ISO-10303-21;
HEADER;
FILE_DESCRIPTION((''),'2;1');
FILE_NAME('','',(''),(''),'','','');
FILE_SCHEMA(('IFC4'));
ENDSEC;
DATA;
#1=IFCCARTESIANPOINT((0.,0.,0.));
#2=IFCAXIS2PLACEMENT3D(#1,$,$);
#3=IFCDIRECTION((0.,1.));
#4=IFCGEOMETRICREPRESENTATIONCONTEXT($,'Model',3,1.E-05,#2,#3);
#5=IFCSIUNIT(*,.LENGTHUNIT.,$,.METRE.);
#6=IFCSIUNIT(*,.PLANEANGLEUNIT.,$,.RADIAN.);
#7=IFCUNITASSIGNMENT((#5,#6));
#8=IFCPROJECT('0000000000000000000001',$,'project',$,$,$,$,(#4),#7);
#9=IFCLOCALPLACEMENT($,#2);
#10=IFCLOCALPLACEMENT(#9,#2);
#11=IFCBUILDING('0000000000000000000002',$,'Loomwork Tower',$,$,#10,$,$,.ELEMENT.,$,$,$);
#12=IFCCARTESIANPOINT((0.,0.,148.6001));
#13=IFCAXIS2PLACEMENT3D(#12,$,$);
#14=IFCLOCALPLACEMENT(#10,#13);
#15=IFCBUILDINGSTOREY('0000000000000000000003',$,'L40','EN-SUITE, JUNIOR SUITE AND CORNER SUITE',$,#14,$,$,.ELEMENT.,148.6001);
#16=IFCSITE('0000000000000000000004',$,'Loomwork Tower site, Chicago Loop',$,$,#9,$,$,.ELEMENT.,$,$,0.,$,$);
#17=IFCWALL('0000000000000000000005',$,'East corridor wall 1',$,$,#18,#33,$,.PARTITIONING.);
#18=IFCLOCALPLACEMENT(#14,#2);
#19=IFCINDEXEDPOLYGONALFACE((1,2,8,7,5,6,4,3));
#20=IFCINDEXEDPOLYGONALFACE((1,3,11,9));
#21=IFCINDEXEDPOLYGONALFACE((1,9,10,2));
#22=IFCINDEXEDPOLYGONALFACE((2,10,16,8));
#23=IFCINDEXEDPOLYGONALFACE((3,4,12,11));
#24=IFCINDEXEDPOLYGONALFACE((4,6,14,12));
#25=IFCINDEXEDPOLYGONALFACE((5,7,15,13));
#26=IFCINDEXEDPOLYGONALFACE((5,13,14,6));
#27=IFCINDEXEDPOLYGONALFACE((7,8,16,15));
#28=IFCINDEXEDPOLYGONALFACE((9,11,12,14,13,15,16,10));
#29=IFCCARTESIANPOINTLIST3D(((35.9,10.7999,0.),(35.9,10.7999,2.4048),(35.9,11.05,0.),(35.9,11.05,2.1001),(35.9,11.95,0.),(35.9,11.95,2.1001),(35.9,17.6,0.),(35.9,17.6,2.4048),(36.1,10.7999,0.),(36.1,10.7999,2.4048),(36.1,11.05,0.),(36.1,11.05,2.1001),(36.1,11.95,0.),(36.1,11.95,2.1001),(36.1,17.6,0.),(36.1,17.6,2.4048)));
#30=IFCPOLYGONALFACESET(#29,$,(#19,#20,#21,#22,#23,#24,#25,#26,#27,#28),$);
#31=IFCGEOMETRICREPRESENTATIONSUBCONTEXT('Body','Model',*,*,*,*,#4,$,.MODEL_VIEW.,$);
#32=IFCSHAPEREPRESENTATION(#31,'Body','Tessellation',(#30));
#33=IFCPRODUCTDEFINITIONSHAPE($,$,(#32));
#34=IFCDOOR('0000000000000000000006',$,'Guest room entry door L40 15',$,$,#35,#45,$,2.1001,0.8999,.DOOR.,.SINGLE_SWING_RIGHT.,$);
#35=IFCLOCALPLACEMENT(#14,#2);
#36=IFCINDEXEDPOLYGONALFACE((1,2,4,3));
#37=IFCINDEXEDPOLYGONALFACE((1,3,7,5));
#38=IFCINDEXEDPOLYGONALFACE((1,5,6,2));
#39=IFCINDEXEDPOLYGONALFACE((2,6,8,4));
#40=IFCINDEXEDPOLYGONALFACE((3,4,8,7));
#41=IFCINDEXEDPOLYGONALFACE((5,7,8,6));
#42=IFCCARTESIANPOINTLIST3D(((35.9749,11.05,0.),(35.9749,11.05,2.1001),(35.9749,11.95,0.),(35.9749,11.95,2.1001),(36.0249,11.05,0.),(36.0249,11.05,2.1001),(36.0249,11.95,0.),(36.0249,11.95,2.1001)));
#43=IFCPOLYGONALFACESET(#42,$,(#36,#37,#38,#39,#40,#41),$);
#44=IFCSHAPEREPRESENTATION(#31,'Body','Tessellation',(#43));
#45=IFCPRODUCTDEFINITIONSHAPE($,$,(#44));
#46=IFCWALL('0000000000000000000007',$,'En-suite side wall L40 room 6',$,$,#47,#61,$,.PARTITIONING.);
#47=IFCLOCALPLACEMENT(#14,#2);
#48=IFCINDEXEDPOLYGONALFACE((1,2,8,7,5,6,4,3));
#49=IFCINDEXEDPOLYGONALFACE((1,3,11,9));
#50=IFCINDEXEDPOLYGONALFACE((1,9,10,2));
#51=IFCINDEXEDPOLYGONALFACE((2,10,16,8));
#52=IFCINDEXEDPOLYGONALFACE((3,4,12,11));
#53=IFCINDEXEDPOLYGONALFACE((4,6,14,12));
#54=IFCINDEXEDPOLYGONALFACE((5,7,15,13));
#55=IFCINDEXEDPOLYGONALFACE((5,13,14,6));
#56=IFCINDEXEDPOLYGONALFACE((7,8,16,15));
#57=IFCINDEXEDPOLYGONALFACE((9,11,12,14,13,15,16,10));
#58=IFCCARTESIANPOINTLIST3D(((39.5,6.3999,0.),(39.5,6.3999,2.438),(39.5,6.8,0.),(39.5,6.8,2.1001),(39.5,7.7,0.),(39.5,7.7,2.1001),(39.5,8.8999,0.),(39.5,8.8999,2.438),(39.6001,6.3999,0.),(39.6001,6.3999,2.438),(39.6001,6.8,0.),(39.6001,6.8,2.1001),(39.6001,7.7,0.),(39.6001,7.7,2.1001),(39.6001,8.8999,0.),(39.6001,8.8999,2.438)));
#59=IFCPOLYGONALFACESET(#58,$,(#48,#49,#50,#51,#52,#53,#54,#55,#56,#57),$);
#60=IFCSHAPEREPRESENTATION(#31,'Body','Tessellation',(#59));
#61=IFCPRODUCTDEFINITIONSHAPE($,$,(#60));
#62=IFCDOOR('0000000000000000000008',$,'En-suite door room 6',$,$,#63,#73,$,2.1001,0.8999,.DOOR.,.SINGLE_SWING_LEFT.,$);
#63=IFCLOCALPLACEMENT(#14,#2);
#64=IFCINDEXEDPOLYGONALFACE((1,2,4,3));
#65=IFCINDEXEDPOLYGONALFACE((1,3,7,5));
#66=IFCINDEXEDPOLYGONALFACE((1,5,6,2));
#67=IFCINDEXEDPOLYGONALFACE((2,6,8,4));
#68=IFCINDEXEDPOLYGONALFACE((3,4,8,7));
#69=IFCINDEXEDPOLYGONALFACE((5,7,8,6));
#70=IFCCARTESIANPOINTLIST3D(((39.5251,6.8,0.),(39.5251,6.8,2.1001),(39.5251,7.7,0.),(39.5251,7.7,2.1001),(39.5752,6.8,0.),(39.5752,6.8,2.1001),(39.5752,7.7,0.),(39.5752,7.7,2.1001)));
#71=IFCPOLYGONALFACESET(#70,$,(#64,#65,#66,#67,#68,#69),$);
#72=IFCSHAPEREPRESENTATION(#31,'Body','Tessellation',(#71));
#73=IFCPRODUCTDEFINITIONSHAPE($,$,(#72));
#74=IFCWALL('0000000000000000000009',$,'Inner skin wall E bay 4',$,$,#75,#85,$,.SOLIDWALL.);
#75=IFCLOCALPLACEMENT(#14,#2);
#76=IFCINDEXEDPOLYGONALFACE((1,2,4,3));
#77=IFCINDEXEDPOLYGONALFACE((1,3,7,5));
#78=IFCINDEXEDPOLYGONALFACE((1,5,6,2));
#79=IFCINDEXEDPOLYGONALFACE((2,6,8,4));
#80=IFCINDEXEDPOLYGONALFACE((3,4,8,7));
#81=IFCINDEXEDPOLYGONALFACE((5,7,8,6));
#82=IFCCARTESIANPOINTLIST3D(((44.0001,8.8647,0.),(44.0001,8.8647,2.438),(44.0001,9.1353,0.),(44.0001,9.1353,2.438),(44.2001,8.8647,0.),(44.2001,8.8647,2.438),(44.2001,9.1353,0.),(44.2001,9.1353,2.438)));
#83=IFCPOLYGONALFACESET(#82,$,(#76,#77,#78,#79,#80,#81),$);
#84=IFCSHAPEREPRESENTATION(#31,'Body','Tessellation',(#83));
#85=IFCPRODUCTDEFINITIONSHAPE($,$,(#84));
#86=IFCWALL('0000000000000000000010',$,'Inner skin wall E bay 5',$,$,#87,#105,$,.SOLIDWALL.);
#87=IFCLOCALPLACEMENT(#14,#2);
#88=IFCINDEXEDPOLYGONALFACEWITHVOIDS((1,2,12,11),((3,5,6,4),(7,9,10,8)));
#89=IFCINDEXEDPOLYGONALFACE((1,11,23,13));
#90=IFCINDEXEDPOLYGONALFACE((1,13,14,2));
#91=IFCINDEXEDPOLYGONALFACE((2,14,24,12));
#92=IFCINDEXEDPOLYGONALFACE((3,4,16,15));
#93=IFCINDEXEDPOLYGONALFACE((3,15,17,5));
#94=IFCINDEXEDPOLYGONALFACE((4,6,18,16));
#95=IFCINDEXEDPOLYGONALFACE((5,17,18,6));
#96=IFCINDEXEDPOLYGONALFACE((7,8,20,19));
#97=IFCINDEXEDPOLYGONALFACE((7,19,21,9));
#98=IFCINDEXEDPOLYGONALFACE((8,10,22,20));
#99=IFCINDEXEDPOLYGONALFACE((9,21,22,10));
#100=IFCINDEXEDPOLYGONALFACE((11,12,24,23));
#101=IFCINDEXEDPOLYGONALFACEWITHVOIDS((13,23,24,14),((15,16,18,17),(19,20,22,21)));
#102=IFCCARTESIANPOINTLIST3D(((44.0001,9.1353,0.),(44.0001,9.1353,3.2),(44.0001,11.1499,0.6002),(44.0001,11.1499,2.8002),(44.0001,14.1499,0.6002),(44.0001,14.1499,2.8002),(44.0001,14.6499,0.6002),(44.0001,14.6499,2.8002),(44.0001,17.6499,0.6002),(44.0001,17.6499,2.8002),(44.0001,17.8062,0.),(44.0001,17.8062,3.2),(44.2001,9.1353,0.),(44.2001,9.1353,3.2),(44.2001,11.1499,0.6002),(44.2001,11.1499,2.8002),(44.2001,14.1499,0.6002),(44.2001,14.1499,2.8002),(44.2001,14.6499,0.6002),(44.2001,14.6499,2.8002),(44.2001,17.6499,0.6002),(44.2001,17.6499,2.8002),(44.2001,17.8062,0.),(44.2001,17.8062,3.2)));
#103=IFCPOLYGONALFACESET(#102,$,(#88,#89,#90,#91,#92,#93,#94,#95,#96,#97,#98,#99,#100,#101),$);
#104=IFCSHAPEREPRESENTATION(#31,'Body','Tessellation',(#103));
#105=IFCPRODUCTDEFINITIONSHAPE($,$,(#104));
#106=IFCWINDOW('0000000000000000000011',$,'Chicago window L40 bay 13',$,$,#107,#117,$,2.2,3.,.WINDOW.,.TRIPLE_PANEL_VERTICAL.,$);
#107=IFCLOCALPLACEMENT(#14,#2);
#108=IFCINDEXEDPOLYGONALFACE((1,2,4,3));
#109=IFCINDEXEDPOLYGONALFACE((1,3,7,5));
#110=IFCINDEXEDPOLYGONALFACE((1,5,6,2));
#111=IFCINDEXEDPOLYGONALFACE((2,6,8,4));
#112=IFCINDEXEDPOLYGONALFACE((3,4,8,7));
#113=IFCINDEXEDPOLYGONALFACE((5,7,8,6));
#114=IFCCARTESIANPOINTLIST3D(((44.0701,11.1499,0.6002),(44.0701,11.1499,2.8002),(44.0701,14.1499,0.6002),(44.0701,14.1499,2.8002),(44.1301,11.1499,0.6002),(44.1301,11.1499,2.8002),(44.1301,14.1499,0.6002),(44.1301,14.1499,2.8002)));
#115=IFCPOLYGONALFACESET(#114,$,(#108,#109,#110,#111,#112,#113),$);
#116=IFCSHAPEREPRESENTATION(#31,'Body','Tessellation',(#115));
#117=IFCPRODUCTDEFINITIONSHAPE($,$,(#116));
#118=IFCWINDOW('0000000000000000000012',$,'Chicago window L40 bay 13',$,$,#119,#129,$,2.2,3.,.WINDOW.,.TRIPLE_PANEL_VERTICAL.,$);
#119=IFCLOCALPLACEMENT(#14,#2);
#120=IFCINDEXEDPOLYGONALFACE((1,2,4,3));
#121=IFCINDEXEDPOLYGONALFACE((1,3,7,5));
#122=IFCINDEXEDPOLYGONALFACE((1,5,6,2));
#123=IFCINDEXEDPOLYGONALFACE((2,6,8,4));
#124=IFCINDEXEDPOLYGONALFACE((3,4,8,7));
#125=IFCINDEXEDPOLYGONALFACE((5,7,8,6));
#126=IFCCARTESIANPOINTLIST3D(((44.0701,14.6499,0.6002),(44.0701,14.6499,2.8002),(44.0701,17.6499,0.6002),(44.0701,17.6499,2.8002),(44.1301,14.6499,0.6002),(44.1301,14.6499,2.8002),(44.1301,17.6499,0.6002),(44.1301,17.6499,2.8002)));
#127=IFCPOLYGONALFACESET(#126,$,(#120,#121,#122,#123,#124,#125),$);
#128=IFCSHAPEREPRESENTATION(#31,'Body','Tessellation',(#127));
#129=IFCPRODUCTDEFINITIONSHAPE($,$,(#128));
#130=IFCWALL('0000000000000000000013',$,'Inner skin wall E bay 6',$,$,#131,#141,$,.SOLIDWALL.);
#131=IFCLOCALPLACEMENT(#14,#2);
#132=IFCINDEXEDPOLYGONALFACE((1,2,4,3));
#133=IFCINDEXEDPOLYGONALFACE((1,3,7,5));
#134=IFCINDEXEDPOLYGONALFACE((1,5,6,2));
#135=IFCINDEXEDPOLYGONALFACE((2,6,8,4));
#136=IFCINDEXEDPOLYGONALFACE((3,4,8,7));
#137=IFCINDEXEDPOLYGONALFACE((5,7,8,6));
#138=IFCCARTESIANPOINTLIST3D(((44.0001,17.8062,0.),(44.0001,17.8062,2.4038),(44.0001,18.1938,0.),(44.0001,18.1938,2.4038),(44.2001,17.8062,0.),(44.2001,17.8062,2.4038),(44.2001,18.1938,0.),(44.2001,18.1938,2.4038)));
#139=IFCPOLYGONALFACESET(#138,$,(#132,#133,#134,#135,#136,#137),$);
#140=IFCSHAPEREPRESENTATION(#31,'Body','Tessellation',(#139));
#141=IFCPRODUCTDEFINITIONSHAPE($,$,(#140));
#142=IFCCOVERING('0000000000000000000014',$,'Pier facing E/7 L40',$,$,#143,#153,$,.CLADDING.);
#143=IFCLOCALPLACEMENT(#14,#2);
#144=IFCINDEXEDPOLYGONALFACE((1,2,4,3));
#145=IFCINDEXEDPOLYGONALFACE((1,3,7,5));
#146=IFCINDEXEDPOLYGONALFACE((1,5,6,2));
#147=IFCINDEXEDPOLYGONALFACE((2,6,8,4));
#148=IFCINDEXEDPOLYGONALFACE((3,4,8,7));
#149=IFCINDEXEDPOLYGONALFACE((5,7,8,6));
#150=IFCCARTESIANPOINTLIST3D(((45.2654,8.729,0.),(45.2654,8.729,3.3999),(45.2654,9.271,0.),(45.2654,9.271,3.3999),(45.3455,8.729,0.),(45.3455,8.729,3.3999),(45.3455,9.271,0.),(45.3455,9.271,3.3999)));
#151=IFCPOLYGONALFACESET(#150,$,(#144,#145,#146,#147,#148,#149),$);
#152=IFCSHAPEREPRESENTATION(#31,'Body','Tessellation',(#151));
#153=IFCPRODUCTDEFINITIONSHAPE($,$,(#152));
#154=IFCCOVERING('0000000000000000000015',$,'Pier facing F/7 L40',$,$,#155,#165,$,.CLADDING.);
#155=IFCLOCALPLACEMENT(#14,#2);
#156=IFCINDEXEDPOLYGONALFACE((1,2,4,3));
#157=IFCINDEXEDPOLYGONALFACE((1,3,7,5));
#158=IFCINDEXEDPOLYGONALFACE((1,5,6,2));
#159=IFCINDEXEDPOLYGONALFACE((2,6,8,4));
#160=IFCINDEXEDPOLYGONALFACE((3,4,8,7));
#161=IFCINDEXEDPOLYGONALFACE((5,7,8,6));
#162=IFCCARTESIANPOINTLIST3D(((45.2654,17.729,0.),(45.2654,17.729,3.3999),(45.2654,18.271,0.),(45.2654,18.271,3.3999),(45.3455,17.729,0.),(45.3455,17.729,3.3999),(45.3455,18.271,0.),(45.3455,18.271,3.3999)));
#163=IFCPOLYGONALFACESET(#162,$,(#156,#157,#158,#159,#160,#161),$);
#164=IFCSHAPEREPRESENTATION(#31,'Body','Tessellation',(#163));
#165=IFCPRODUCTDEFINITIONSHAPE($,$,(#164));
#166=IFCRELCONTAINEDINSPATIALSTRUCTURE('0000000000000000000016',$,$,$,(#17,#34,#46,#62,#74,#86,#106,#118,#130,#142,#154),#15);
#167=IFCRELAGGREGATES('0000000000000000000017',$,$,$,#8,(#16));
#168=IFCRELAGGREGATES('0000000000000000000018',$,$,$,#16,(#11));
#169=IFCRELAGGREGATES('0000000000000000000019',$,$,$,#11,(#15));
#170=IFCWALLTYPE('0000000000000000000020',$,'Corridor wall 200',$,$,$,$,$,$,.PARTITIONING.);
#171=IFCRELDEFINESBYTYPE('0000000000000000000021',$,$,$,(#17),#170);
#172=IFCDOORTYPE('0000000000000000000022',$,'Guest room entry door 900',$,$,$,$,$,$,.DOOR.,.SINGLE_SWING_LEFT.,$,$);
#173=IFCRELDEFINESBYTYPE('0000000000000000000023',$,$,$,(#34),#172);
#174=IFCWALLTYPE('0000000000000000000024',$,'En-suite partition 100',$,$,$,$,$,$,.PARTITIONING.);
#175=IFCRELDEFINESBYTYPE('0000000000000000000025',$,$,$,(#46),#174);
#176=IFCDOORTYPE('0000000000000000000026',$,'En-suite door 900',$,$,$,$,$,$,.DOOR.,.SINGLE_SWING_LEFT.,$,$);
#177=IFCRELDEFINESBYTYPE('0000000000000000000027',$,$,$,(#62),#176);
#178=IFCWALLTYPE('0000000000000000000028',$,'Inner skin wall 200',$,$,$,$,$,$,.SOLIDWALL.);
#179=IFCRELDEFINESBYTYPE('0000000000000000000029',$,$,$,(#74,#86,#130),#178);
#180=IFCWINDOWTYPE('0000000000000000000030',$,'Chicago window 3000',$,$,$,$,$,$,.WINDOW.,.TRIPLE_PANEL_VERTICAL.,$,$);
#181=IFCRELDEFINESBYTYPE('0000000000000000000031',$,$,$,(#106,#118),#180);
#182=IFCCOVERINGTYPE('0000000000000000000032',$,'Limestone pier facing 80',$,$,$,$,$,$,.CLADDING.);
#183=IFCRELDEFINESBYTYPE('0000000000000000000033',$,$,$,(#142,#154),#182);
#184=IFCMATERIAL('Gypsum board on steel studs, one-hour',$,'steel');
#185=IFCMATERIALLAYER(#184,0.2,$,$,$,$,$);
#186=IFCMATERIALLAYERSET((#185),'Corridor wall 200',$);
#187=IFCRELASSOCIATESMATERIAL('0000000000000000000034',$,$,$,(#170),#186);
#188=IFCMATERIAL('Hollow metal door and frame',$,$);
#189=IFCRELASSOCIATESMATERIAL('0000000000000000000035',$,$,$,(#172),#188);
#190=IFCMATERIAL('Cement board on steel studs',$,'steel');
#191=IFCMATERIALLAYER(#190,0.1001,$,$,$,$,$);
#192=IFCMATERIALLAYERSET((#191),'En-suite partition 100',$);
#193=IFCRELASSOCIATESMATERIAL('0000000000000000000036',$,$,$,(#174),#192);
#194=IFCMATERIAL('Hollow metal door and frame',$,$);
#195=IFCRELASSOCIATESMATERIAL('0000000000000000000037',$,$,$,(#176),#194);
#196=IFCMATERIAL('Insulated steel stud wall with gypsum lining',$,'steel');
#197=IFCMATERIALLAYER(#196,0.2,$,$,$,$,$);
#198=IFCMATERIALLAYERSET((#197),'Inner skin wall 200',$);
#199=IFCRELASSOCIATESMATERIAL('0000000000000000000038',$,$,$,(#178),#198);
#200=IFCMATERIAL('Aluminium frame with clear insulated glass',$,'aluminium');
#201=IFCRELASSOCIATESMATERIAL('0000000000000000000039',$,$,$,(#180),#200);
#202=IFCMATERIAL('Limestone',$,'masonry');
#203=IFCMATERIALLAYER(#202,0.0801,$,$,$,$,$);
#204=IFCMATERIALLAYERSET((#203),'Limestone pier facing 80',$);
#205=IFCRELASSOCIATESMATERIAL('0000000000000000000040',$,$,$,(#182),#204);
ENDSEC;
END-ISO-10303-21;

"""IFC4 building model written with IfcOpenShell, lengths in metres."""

from ifc_helpers import new_model, si_unit, direction, frame, frame_2d, origin, origin_2d, place, context, subcontext, project, spatial, rectangle, extrude, material, layer, layer_set, type_object, element, fill, save


model = new_model("IFC4")

# Units and contexts
model_context = context("Model", 3, precision=1e-05, world=origin(), true_north=direction((0.0, 1.0)))
body_context = subcontext(model_context, "Body", "Model", "MODEL_VIEW")
ifc_project = project(units=[si_unit("LENGTHUNIT", "METRE"), si_unit("PLANEANGLEUNIT", "RADIAN")], contexts=[model_context])

# Site, building, storey
site_placement = place(None, origin())
site = spatial("IfcSite", under=ifc_project, at=site_placement, Name="Loomwork Tower site, Chicago Loop", CompositionType="ELEMENT", RefElevation=0.0)
building_placement = place(site_placement, origin())
building = spatial("IfcBuilding", under=site, at=building_placement, Name="Loomwork Tower", CompositionType="ELEMENT")
storey_placement = place(building_placement, frame((0.0, 0.0, 148.6001)))
storey = spatial("IfcBuildingStorey", under=building, at=storey_placement, Name="L40", Description="EN-SUITE, JUNIOR SUITE AND CORNER SUITE", CompositionType="ELEMENT", Elevation=148.6001)

# Walls, openings, doors
ifc_material_1 = material(Name="Gypsum board on steel studs, one-hour", Category="steel")
ifc_layer_1 = layer(ifc_material_1, 0.2)
ifc_layer_set_1 = layer_set([ifc_layer_1], Name="Corridor wall 200")
wall_type_1 = type_object("IfcWallType", Name="Corridor wall 200", PredefinedType="PARTITIONING", material=ifc_layer_set_1)
ifc_material_2 = material(Name="Hollow metal door and frame")
door_type_1 = type_object("IfcDoorType", Name="Guest room entry door 900", OperationType="SINGLE_SWING_LEFT", PredefinedType="DOOR", material=ifc_material_2)
wall_1_placement = place(storey_placement, frame((36.0, 10.8, 0.0), z_axis=(0.0, 0.0, 1.0), x_axis=(0.0, 1.0, 0.0)))
wall_1 = element("IfcWall", 1, at=wall_1_placement, inside=storey, type_object=wall_type_1, Name="East corridor wall 1", PredefinedType="PARTITIONING", context=body_context, shape_type="SweptSolid", body=[
    extrude(rectangle(XDim=6.8, YDim=0.2, at=frame_2d((3.3999, 0.0))), origin(), (0.0, 0.0, 1.0), 2.4048),
])
opening_1_placement = place(wall_1_placement, frame((0.25, 0.0, 0.0)))
opening_1 = element("IfcOpeningElement", 2, at=opening_1_placement, cuts=wall_1, PredefinedType="OPENING", context=body_context, shape_type="SweptSolid", body=[
    extrude(rectangle(XDim=0.8999, YDim=2.1001, at=frame_2d((0.45, 1.05))), frame((0.0, 0.1099, 0.0), z_axis=(0.0, -1.0, 0.0), x_axis=(1.0, 0.0, 0.0)), (0.0, 0.0, 1.0), 0.22),
])
door_1_placement = place(opening_1_placement, frame((0.8999, 0.0, 0.0), z_axis=(0.0, 0.0, 1.0), x_axis=(-1.0, 0.0, 0.0)))
door_1 = element("IfcDoor", 3, at=door_1_placement, inside=storey, type_object=door_type_1, Name="Guest room entry door L40 15", OperationType="SINGLE_SWING_RIGHT", OverallHeight=2.1001, OverallWidth=0.8999, PredefinedType="DOOR", context=body_context, shape_type="SweptSolid", body=[
    extrude(rectangle(XDim=0.8999, YDim=2.1001, at=frame_2d((0.45, 1.05))), frame((0.0, 0.0249, 0.0), z_axis=(0.0, -1.0, 0.0), x_axis=(1.0, 0.0, 0.0)), (0.0, 0.0, 1.0), 0.05),
])
fill(opening_1, door_1)
ifc_material_3 = material(Name="Cement board on steel studs", Category="steel")
ifc_layer_2 = layer(ifc_material_3, 0.1001)
ifc_layer_set_2 = layer_set([ifc_layer_2], Name="En-suite partition 100")
wall_type_2 = type_object("IfcWallType", Name="En-suite partition 100", PredefinedType="PARTITIONING", material=ifc_layer_set_2)
wall_2_placement = place(storey_placement, frame((39.55, 8.8999, 0.0), z_axis=(0.0, 0.0, 1.0), x_axis=(0.0, -1.0, 0.0)))
wall_2 = element("IfcWall", 4, at=wall_2_placement, inside=storey, type_object=wall_type_2, Name="En-suite side wall L40 room 6", PredefinedType="PARTITIONING", context=body_context, shape_type="SweptSolid", body=[
    extrude(rectangle(XDim=2.5, YDim=0.1001, at=frame_2d((1.25, 0.0))), origin(), (0.0, 0.0, 1.0), 2.438),
])
opening_2_placement = place(wall_2_placement, frame((1.2, 0.0, 0.0)))
opening_2 = element("IfcOpeningElement", 5, at=opening_2_placement, cuts=wall_2, PredefinedType="OPENING", context=body_context, shape_type="SweptSolid", body=[
    extrude(rectangle(XDim=0.8999, YDim=2.1001, at=frame_2d((0.45, 1.05))), frame((0.0, 0.0601, 0.0), z_axis=(0.0, -1.0, 0.0), x_axis=(1.0, 0.0, 0.0)), (0.0, 0.0, 1.0), 0.1201),
])
ifc_material_4 = material(Name="Hollow metal door and frame")
door_type_2 = type_object("IfcDoorType", Name="En-suite door 900", OperationType="SINGLE_SWING_LEFT", PredefinedType="DOOR", material=ifc_material_4)
door_2_placement = place(opening_2_placement, frame((0.8999, 0.0, 0.0), z_axis=(0.0, 0.0, 1.0), x_axis=(-1.0, 0.0, 0.0)))
door_2 = element("IfcDoor", 6, at=door_2_placement, inside=storey, type_object=door_type_2, Name="En-suite door room 6", OperationType="SINGLE_SWING_LEFT", OverallHeight=2.1001, OverallWidth=0.8999, PredefinedType="DOOR", context=body_context, shape_type="SweptSolid", body=[
    extrude(rectangle(XDim=0.8999, YDim=2.1001, at=frame_2d((0.45, 1.05))), frame((0.0, 0.0249, 0.0), z_axis=(0.0, -1.0, 0.0), x_axis=(1.0, 0.0, 0.0)), (0.0, 0.0, 1.0), 0.05),
])
fill(opening_2, door_2)

# Wall
ifc_material_5 = material(Name="Insulated steel stud wall with gypsum lining", Category="steel")
ifc_layer_3 = layer(ifc_material_5, 0.2)
ifc_layer_set_3 = layer_set([ifc_layer_3], Name="Inner skin wall 200")
wall_type_3 = type_object("IfcWallType", Name="Inner skin wall 200", PredefinedType="SOLIDWALL", material=ifc_layer_set_3)
wall_3_placement = place(storey_placement, frame((44.1001, 8.8647, 0.0), z_axis=(0.0, 0.0, 1.0), x_axis=(0.0, 1.0, 0.0)))
element("IfcWall", 7, at=wall_3_placement, inside=storey, type_object=wall_type_3, Name="Inner skin wall E bay 4", PredefinedType="SOLIDWALL", context=body_context, shape_type="SweptSolid", body=[
    extrude(rectangle(XDim=0.2705, YDim=0.2, at=frame_2d((0.1353, 0.0))), origin(), (0.0, 0.0, 1.0), 2.438),
])

# Wall, openings, windows
wall_4_placement = place(storey_placement, frame((44.1001, 9.1353, 0.0), z_axis=(0.0, 0.0, 1.0), x_axis=(0.0, 1.0, 0.0)))
wall_4 = element("IfcWall", 8, at=wall_4_placement, inside=storey, type_object=wall_type_3, Name="Inner skin wall E bay 5", PredefinedType="SOLIDWALL", context=body_context, shape_type="SweptSolid", body=[
    extrude(rectangle(XDim=8.6709, YDim=0.2, at=frame_2d((4.3354, 0.0))), origin(), (0.0, 0.0, 1.0), 3.2),
])
opening_3_placement = place(wall_4_placement, frame((2.0146, 0.0, 0.6001)))
opening_3 = element("IfcOpeningElement", 9, at=opening_3_placement, cuts=wall_4, PredefinedType="OPENING", context=body_context, shape_type="SweptSolid", body=[
    extrude(rectangle(XDim=3.0, YDim=2.2, at=frame_2d((1.5, 1.1001))), frame((0.0, 0.1099, 0.0), z_axis=(0.0, -1.0, 0.0), x_axis=(1.0, 0.0, 0.0)), (0.0, 0.0, 1.0), 0.22),
])
opening_4_placement = place(wall_4_placement, frame((5.5146, 0.0, 0.6001)))
opening_4 = element("IfcOpeningElement", 10, at=opening_4_placement, cuts=wall_4, PredefinedType="OPENING", context=body_context, shape_type="SweptSolid", body=[
    extrude(rectangle(XDim=3.0, YDim=2.2, at=frame_2d((1.5, 1.1001))), frame((0.0, 0.1099, 0.0), z_axis=(0.0, -1.0, 0.0), x_axis=(1.0, 0.0, 0.0)), (0.0, 0.0, 1.0), 0.22),
])
ifc_material_6 = material(Name="Aluminium frame with clear insulated glass", Category="aluminium")
window_type = type_object("IfcWindowType", Name="Chicago window 3000", PartitioningType="TRIPLE_PANEL_VERTICAL", PredefinedType="WINDOW", material=ifc_material_6)
window_1_placement = place(opening_3_placement, origin())
window_1 = element("IfcWindow", 11, at=window_1_placement, inside=storey, type_object=window_type, Name="Chicago window L40 bay 13", OverallHeight=2.2, OverallWidth=3.0, PartitioningType="TRIPLE_PANEL_VERTICAL", PredefinedType="WINDOW", context=body_context, shape_type="SweptSolid", body=[
    extrude(rectangle(XDim=3.0, YDim=2.2, at=frame_2d((1.5, 1.1001))), frame((0.0, 0.03, 0.0), z_axis=(0.0, -1.0, 0.0), x_axis=(1.0, 0.0, 0.0)), (0.0, 0.0, 1.0), 0.0601),
])
fill(opening_3, window_1)
window_2_placement = place(opening_4_placement, origin())
window_2 = element("IfcWindow", 12, at=window_2_placement, inside=storey, type_object=window_type, Name="Chicago window L40 bay 13", OverallHeight=2.2, OverallWidth=3.0, PartitioningType="TRIPLE_PANEL_VERTICAL", PredefinedType="WINDOW", context=body_context, shape_type="SweptSolid", body=[
    extrude(rectangle(XDim=3.0, YDim=2.2, at=frame_2d((1.5, 1.1001))), frame((0.0, 0.03, 0.0), z_axis=(0.0, -1.0, 0.0), x_axis=(1.0, 0.0, 0.0)), (0.0, 0.0, 1.0), 0.0601),
])
fill(opening_4, window_2)

# Wall
wall_5_placement = place(storey_placement, frame((44.1001, 17.8062, 0.0), z_axis=(0.0, 0.0, 1.0), x_axis=(0.0, 1.0, 0.0)))
element("IfcWall", 13, at=wall_5_placement, inside=storey, type_object=wall_type_3, Name="Inner skin wall E bay 6", PredefinedType="SOLIDWALL", context=body_context, shape_type="SweptSolid", body=[
    extrude(rectangle(XDim=0.3877, YDim=0.2, at=frame_2d((0.1938, 0.0))), origin(), (0.0, 0.0, 1.0), 2.4038),
])

# Coverings
ifc_material_7 = material(Name="Limestone", Category="masonry")
ifc_layer_4 = layer(ifc_material_7, 0.0801)
ifc_layer_set_4 = layer_set([ifc_layer_4], Name="Limestone pier facing 80")
covering_type = type_object("IfcCoveringType", Name="Limestone pier facing 80", PredefinedType="CLADDING", material=ifc_layer_set_4)
for number, where, z_axis, x_axis, name in (
    (14, (45.3054, 9.0, 0.0), (0.0, 0.0, 1.0), (1.0, 0.0, 0.0), "Pier facing E/7 L40"),
    (15, (45.3054, 18.0, 0.0), (0.0, 0.0, 1.0), (1.0, 0.0, 0.0), "Pier facing F/7 L40"),
):
    element("IfcCovering", number, at=place(storey_placement, frame(where, z_axis=z_axis, x_axis=x_axis)), inside=storey, type_object=covering_type, Name=name, PredefinedType="CLADDING", context=body_context, shape_type="SweptSolid", body=[
        extrude(rectangle(XDim=0.0801, YDim=0.542, at=origin_2d()), origin(), (0.0, 0.0, 1.0), 3.3999),
    ])

save(model, "model.ifc")
